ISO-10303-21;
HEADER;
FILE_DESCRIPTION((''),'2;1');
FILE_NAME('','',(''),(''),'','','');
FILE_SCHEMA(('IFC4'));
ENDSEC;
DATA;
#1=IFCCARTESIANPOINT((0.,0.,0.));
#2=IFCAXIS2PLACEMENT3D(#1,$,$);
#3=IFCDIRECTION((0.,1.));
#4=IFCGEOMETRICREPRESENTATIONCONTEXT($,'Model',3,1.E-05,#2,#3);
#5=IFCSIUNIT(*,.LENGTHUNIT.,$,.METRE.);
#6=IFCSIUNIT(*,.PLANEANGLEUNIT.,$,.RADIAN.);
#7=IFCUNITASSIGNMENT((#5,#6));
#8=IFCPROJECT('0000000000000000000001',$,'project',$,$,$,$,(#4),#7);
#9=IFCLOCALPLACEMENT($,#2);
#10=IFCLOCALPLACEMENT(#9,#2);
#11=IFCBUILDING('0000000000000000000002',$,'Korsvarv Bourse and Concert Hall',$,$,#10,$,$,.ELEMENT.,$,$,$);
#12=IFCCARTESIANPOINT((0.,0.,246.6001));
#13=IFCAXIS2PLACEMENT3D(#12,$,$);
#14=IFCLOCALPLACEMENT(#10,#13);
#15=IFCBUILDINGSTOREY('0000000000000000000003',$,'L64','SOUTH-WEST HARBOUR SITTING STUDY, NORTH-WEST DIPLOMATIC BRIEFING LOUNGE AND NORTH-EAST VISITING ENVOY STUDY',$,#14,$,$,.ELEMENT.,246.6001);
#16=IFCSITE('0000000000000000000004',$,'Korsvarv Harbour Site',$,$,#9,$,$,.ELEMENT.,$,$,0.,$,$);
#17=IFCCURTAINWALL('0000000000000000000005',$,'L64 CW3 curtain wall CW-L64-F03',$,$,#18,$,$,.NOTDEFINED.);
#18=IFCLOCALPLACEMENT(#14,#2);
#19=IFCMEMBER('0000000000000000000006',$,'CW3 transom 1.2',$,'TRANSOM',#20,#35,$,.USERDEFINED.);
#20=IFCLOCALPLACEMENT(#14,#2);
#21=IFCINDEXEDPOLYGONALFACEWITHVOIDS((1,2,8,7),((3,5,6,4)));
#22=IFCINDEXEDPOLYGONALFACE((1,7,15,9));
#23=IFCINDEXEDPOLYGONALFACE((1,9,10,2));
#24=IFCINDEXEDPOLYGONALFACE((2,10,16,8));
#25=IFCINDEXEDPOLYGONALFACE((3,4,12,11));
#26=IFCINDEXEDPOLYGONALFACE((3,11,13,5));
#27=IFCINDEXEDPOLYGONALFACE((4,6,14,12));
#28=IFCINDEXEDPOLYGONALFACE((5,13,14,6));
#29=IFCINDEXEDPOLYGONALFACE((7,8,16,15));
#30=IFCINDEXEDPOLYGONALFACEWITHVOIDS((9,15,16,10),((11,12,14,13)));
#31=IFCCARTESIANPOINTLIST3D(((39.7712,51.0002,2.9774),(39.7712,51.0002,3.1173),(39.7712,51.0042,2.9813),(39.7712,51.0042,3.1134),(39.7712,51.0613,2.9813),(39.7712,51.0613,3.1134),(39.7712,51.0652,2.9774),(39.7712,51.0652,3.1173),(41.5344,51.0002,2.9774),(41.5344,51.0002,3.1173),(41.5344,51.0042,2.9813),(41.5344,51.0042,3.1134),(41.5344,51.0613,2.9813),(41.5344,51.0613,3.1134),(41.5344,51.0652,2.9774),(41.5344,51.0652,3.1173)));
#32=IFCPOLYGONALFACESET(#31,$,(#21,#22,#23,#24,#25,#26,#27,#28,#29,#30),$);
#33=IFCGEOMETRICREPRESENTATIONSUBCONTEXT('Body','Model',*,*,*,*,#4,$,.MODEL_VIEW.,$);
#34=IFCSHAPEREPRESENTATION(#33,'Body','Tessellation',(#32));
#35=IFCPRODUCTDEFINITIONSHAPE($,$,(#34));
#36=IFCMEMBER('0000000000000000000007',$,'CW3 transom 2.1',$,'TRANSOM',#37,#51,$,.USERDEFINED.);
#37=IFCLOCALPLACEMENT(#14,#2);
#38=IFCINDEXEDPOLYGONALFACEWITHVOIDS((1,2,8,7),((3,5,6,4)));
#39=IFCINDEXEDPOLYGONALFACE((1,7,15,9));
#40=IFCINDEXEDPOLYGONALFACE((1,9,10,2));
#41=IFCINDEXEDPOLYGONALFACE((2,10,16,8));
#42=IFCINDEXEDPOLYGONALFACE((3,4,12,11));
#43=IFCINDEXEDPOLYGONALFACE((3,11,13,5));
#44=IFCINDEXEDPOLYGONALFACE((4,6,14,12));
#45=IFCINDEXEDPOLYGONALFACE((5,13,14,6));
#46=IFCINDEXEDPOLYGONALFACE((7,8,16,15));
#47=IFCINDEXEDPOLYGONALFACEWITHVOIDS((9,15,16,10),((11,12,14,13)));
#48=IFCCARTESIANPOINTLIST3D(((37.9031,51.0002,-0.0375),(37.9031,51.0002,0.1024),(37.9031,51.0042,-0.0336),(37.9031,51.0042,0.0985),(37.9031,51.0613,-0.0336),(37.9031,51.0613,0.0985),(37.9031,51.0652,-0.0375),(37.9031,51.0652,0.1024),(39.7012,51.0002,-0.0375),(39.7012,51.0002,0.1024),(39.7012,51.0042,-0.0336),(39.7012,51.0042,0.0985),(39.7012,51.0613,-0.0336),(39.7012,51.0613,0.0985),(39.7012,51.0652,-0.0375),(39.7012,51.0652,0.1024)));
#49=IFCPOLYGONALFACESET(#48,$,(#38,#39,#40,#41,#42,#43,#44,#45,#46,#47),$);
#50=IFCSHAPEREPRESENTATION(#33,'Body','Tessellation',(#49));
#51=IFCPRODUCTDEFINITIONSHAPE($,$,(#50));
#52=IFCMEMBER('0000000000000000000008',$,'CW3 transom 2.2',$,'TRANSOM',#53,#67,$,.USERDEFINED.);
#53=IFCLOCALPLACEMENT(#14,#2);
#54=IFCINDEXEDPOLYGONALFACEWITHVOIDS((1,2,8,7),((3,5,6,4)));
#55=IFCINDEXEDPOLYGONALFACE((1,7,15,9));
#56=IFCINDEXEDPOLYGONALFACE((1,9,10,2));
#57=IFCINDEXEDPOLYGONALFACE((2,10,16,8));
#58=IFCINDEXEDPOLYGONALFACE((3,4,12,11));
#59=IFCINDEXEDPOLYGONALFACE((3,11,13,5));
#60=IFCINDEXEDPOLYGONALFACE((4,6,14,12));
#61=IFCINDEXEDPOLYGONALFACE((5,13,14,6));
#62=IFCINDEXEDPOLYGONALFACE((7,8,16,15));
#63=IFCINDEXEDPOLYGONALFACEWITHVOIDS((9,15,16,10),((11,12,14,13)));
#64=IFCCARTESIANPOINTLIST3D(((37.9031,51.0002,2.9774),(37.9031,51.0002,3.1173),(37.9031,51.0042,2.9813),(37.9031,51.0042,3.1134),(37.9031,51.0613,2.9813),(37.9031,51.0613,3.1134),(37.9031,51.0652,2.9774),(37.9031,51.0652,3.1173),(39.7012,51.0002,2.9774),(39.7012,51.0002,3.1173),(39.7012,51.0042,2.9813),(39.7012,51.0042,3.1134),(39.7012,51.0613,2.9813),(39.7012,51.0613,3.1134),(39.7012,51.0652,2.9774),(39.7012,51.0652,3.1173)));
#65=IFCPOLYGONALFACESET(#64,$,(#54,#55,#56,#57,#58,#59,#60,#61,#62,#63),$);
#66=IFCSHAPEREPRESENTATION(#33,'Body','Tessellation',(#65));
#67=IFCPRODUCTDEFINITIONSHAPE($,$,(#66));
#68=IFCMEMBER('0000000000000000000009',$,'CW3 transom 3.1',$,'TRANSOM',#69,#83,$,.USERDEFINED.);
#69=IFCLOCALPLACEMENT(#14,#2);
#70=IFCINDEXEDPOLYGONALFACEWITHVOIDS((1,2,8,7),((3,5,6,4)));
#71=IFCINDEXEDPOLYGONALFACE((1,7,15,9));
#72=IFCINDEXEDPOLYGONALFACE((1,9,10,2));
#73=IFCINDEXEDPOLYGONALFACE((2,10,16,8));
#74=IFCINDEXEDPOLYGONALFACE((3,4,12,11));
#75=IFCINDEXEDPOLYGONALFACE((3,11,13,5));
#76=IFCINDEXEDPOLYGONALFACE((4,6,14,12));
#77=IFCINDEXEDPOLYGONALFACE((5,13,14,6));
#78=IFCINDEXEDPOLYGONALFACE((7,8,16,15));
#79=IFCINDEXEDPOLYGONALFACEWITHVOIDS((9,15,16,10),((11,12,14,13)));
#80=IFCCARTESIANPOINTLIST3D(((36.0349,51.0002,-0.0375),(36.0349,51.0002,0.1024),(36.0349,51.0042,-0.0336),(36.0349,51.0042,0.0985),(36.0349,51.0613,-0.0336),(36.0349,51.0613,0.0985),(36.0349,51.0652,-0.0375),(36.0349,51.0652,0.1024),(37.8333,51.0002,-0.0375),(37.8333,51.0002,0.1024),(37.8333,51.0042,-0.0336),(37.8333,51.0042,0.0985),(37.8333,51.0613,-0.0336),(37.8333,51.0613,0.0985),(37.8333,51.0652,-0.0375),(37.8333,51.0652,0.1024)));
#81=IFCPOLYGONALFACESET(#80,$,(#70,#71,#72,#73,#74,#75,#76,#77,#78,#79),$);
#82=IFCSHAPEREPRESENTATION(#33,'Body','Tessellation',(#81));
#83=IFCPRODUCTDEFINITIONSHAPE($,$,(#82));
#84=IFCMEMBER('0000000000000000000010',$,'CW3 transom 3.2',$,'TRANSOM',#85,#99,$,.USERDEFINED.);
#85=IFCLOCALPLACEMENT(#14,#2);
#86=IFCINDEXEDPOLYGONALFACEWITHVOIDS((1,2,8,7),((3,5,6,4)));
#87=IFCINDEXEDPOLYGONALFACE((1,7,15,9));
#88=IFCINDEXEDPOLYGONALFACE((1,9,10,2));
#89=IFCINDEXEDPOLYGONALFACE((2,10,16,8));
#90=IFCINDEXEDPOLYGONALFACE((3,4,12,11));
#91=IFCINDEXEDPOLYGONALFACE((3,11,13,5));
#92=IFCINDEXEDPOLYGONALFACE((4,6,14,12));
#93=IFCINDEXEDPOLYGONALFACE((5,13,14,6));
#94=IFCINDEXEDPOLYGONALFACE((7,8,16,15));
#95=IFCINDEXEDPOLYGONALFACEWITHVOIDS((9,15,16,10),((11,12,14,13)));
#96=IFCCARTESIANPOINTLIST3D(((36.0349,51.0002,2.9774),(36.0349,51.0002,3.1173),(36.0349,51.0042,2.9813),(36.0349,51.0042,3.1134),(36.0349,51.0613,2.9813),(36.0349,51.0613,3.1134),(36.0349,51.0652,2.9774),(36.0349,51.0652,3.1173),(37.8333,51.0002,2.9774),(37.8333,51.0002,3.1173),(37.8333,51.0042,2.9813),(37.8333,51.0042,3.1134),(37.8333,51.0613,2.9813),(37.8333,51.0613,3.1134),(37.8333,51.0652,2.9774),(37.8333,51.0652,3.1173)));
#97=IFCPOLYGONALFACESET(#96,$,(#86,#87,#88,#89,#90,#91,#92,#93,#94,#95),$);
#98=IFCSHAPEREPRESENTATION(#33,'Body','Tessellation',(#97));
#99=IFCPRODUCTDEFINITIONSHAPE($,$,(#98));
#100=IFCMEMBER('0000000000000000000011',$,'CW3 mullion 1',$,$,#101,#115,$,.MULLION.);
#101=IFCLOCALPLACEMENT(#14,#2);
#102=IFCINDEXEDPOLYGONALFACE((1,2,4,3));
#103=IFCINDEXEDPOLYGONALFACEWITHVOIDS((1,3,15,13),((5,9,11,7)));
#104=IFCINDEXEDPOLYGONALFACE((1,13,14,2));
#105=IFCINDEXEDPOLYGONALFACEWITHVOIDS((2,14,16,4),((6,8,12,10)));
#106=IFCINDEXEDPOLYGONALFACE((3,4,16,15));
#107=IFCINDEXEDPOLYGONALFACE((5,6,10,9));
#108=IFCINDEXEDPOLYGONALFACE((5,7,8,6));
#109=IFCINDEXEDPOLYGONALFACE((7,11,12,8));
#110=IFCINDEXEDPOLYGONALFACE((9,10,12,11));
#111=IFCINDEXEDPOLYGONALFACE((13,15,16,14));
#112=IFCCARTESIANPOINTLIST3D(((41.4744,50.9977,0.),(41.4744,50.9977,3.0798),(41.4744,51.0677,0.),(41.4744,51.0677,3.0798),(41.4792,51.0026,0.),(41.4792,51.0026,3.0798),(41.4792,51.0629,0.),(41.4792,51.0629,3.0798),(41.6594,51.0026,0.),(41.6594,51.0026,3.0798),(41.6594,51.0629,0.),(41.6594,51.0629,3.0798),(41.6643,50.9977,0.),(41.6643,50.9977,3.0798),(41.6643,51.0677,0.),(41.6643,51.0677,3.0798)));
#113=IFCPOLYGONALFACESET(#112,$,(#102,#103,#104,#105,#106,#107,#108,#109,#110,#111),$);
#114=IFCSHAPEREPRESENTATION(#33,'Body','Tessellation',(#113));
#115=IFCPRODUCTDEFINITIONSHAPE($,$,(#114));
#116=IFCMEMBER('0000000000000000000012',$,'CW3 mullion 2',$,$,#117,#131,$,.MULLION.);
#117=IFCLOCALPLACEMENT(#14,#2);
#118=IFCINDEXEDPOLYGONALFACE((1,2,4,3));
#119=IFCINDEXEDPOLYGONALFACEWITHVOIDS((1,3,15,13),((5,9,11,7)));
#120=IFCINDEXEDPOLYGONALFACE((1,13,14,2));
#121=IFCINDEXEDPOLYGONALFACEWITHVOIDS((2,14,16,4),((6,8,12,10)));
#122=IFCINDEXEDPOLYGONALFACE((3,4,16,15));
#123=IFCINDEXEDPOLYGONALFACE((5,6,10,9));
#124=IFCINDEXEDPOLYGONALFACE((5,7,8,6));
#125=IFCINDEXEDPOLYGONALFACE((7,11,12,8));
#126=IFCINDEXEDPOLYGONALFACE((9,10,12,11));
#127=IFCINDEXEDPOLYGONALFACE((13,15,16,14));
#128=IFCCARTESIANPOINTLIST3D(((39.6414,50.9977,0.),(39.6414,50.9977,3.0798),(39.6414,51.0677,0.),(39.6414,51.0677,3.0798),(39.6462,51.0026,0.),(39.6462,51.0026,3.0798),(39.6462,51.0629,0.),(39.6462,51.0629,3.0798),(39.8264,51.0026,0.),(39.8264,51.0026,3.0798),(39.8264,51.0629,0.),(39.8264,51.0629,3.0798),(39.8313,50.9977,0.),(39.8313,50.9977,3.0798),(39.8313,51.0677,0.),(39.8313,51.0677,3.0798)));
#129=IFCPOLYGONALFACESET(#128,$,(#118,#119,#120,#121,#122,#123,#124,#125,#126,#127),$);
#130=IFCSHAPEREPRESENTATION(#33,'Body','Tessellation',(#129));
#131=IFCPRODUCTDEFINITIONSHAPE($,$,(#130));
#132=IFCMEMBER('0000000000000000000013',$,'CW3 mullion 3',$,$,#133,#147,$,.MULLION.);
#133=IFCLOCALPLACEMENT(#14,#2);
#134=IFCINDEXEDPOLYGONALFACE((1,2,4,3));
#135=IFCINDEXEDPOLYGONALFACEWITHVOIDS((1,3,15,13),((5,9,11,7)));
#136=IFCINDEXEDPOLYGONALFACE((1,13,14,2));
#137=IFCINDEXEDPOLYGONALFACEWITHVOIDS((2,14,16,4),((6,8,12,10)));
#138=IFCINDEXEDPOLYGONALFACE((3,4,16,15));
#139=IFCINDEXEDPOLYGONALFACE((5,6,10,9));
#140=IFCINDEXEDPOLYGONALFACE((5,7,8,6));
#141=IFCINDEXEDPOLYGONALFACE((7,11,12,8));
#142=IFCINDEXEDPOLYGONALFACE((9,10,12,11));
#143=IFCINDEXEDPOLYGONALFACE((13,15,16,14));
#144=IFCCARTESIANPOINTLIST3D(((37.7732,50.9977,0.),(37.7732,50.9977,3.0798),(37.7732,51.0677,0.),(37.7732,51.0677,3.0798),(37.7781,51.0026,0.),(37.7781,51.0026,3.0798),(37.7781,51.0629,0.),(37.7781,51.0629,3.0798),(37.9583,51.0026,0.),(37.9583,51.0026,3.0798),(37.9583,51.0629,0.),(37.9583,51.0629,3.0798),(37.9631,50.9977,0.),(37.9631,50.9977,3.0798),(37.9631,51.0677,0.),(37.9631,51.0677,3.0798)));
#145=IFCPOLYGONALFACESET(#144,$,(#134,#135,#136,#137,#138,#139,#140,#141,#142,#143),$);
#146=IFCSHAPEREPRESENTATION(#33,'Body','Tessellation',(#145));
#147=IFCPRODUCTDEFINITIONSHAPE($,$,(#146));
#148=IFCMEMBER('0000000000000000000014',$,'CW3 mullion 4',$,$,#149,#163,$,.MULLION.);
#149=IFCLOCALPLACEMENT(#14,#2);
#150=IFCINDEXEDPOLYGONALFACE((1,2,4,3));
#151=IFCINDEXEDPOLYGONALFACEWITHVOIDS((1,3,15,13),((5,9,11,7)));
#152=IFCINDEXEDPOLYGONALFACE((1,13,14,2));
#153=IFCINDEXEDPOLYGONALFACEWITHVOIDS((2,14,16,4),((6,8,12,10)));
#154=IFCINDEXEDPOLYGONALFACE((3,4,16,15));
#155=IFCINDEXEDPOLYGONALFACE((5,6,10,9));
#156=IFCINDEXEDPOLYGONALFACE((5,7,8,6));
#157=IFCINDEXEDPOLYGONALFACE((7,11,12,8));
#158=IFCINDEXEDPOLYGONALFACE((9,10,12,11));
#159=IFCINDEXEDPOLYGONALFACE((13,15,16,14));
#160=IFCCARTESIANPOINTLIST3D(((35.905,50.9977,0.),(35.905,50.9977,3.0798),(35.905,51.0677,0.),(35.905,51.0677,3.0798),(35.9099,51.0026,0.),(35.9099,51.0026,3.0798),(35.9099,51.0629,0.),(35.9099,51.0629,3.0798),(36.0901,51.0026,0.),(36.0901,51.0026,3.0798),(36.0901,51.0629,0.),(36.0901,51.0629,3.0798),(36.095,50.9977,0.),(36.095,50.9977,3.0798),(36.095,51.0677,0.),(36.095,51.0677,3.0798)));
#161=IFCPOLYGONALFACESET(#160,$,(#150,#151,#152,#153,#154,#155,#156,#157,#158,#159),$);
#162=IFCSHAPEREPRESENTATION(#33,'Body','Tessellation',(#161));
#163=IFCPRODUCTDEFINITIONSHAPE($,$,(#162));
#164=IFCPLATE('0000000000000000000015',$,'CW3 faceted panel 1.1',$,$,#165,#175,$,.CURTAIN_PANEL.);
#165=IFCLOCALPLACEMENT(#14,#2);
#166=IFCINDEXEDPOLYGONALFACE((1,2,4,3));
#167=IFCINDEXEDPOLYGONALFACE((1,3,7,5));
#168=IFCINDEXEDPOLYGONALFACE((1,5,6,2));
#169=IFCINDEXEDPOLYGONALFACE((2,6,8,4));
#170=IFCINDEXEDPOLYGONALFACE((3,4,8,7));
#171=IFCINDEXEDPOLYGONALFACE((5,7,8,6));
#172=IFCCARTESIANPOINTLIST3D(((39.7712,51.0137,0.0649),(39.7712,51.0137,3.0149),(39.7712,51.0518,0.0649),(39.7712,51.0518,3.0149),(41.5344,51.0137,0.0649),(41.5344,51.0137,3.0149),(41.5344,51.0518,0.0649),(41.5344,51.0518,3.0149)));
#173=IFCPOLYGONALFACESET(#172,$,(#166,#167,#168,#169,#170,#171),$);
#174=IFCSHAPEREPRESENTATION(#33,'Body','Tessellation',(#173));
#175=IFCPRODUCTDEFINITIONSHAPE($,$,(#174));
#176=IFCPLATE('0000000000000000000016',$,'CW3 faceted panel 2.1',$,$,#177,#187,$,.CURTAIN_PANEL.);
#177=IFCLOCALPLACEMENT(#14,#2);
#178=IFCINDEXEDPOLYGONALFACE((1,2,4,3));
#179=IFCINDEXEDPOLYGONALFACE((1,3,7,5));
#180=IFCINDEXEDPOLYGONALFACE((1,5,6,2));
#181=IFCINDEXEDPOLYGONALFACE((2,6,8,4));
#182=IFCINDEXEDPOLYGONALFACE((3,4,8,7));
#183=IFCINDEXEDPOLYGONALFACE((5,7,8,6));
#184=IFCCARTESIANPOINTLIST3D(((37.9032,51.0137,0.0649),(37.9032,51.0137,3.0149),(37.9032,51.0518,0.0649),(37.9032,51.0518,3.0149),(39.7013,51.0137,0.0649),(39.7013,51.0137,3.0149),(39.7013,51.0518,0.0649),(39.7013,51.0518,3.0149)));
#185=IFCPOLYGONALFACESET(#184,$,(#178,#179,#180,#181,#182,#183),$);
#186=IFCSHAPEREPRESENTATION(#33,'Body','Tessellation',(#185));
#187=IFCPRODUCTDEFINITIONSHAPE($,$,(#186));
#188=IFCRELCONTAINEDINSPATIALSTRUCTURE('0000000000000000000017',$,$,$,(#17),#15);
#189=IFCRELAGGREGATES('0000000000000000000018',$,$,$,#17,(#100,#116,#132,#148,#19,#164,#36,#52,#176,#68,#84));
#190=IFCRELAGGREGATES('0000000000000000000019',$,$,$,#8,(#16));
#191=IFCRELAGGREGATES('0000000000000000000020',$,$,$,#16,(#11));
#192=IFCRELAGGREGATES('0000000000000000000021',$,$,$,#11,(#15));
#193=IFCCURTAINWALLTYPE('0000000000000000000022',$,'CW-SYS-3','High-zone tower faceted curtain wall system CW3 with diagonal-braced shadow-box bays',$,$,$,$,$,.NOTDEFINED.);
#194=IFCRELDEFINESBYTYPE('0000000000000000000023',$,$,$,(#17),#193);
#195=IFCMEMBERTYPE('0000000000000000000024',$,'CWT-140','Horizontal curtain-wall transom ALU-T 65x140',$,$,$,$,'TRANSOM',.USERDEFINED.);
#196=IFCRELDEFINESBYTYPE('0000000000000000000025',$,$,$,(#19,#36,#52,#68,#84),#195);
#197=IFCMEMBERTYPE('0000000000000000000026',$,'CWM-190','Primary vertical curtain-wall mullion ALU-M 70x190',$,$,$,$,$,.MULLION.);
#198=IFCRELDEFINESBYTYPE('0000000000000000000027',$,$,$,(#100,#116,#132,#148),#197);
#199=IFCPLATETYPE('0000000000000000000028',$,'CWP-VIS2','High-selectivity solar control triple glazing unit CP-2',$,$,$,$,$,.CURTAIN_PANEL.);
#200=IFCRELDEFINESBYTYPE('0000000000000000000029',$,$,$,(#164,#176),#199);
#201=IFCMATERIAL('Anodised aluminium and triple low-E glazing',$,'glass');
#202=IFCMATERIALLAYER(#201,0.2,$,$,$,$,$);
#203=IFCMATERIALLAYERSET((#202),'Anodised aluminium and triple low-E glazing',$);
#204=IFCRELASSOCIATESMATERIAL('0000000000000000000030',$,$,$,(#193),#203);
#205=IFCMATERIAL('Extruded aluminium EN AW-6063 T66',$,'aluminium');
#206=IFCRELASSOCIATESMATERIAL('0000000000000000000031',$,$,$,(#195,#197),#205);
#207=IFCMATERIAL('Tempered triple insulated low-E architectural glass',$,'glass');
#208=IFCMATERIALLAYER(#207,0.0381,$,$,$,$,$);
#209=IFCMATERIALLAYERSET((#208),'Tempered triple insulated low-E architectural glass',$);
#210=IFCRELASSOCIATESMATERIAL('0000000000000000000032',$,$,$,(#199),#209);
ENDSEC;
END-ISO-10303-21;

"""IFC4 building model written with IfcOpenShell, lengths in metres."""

from ifc_helpers import new_model, si_unit, direction, frame, origin, origin_2d, place, context, subcontext, project, spatial, rectangle, hollow_rectangle, extrude, source, transform, mapped, material, layer, layer_set, material_profile, profile_set, type_object, element, aggregate, save


model = new_model("IFC4")

# Units and contexts
model_context = context("Model", 3, precision=1e-05, world=origin(), true_north=direction((0.0, 1.0)))
body_context = subcontext(model_context, "Body", "Model", "MODEL_VIEW")
ifc_project = project(units=[si_unit("LENGTHUNIT", "METRE"), si_unit("PLANEANGLEUNIT", "RADIAN")], contexts=[model_context])

# Site, building, storey
site_placement = place(None, origin())
site = spatial("IfcSite", under=ifc_project, at=site_placement, Name="Korsvarv Harbour Site", CompositionType="ELEMENT", RefElevation=0.0)
building_placement = place(site_placement, origin())
building = spatial("IfcBuilding", under=site, at=building_placement, Name="Korsvarv Bourse and Concert Hall", CompositionType="ELEMENT")
storey_placement = place(building_placement, frame((0.0, 0.0, 246.6001)))
storey = spatial("IfcBuildingStorey", under=building, at=storey_placement, Name="L64", Description="SOUTH-WEST HARBOUR SITTING STUDY, NORTH-WEST DIPLOMATIC BRIEFING LOUNGE AND NORTH-EAST VISITING ENVOY STUDY", CompositionType="ELEMENT", Elevation=246.6001)

# Curtain wall, members, plates
ifc_material_1 = material(Name="Anodised aluminium and triple low-E glazing", Category="glass")
ifc_layer_1 = layer(ifc_material_1, 0.2)
ifc_layer_set_1 = layer_set([ifc_layer_1], Name="Anodised aluminium and triple low-E glazing")
curtain_wall_type = type_object("IfcCurtainWallType", Name="CW-SYS-3", Description="High-zone tower faceted curtain wall system CW3 with diagonal-braced shadow-box bays", PredefinedType="NOTDEFINED", material=ifc_layer_set_1)
curtain_wall_placement = place(storey_placement, origin())
curtain_wall = element("IfcCurtainWall", 1, at=curtain_wall_placement, inside=storey, type_object=curtain_wall_type, Name="L64 CW3 curtain wall CW-L64-F03", PredefinedType="NOTDEFINED")
ifc_material_2 = material(Name="Extruded aluminium EN AW-6063 T66", Category="aluminium")
ifc_material_profile_1 = material_profile(ifc_material_2, hollow_rectangle(XDim=0.0649, YDim=0.1399, WallThickness=0.0039, at=origin_2d()), Name="ALU-T 65x140")
ifc_profile_set_1 = profile_set([ifc_material_profile_1], Name="Extruded aluminium EN AW-6063 T66")
member_type_1 = type_object("IfcMemberType", Name="CWT-140", Description="Horizontal curtain-wall transom ALU-T 65x140", ElementType="TRANSOM", PredefinedType="USERDEFINED", material=ifc_profile_set_1)
shared_shape_1 = source(origin(), body_context, "Body", "SweptSolid", [
    extrude(hollow_rectangle(XDim=0.0649, YDim=0.1399, WallThickness=0.0039, at=origin_2d()), origin(), (0.0, 0.0, 1.0), 1.7632),
])
member_1_placement = place(storey_placement, frame((41.5344, 51.0327, 3.0474), z_axis=(-1.0, 0.0, 0.0), x_axis=(0.0, -1.0, 0.0)))
member_1 = element("IfcMember", 2, at=member_1_placement, type_object=member_type_1, Name="CW3 transom 1.2", ObjectType="TRANSOM", PredefinedType="USERDEFINED", context=body_context, shape_type="MappedRepresentation", body=[
    mapped(shared_shape_1, transform((0.0, 0.0, 0.0), scale=1.0)),
])
shared_shape_2 = source(origin(), body_context, "Body", "SweptSolid", [
    extrude(hollow_rectangle(XDim=0.0649, YDim=0.1399, WallThickness=0.0039, at=origin_2d()), origin(), (0.0, 0.0, 1.0), 1.7981),
])
member_2_placement = place(storey_placement, frame((39.7012, 51.0327, 0.0325), z_axis=(-1.0, 0.0, 0.0), x_axis=(0.0, -1.0, 0.0)))
member_2 = element("IfcMember", 3, at=member_2_placement, type_object=member_type_1, Name="CW3 transom 2.1", ObjectType="TRANSOM", PredefinedType="USERDEFINED", context=body_context, shape_type="MappedRepresentation", body=[
    mapped(shared_shape_2, transform((0.0, 0.0, 0.0), scale=1.0)),
])
member_3_placement = place(storey_placement, frame((39.7012, 51.0327, 3.0474), z_axis=(-1.0, 0.0, 0.0), x_axis=(0.0, -1.0, 0.0)))
member_3 = element("IfcMember", 4, at=member_3_placement, type_object=member_type_1, Name="CW3 transom 2.2", ObjectType="TRANSOM", PredefinedType="USERDEFINED", context=body_context, shape_type="MappedRepresentation", body=[
    mapped(shared_shape_2, transform((0.0, 0.0, 0.0), scale=1.0)),
])
shared_shape_3 = source(origin(), body_context, "Body", "SweptSolid", [
    extrude(hollow_rectangle(XDim=0.0649, YDim=0.1399, WallThickness=0.0039, at=origin_2d()), origin(), (0.0, 0.0, 1.0), 1.7983),
])
member_4_placement = place(storey_placement, frame((37.8333, 51.0327, 0.0325), z_axis=(-1.0, 0.0, 0.0), x_axis=(0.0, -1.0, 0.0)))
member_4 = element("IfcMember", 5, at=member_4_placement, type_object=member_type_1, Name="CW3 transom 3.1", ObjectType="TRANSOM", PredefinedType="USERDEFINED", context=body_context, shape_type="MappedRepresentation", body=[
    mapped(shared_shape_3, transform((0.0, 0.0, 0.0), scale=1.0)),
])
member_5_placement = place(storey_placement, frame((37.8333, 51.0327, 3.0474), z_axis=(-1.0, 0.0, 0.0), x_axis=(0.0, -1.0, 0.0)))
member_5 = element("IfcMember", 6, at=member_5_placement, type_object=member_type_1, Name="CW3 transom 3.2", ObjectType="TRANSOM", PredefinedType="USERDEFINED", context=body_context, shape_type="MappedRepresentation", body=[
    mapped(shared_shape_3, transform((0.0, 0.0, 0.0), scale=1.0)),
])
ifc_material_profile_2 = material_profile(ifc_material_2, hollow_rectangle(XDim=0.0701, YDim=0.1899, WallThickness=0.0049, at=origin_2d()), Name="ALU-M 70x190")
ifc_profile_set_2 = profile_set([ifc_material_profile_2], Name="Extruded aluminium EN AW-6063 T66")
member_type_2 = type_object("IfcMemberType", Name="CWM-190", Description="Primary vertical curtain-wall mullion ALU-M 70x190", PredefinedType="MULLION", material=ifc_profile_set_2)
shared_shape_4 = source(origin(), body_context, "Body", "SweptSolid", [
    extrude(hollow_rectangle(XDim=0.0701, YDim=0.1899, WallThickness=0.0049, at=origin_2d()), origin(), (0.0, 0.0, 1.0), 3.0798),
])
member_6_placement = place(storey_placement, frame((41.5693, 51.0327, 0.0), z_axis=(0.0, 0.0, 1.0), x_axis=(0.0, -1.0, 0.0)))
member_6 = element("IfcMember", 7, at=member_6_placement, type_object=member_type_2, Name="CW3 mullion 1", PredefinedType="MULLION", context=body_context, shape_type="MappedRepresentation", body=[
    mapped(shared_shape_4, transform((0.0, 0.0, 0.0), scale=1.0)),
])
member_7_placement = place(storey_placement, frame((39.7363, 51.0327, 0.0), z_axis=(0.0, 0.0, 1.0), x_axis=(0.0, -1.0, 0.0)))
member_7 = element("IfcMember", 8, at=member_7_placement, type_object=member_type_2, Name="CW3 mullion 2", PredefinedType="MULLION", context=body_context, shape_type="MappedRepresentation", body=[
    mapped(shared_shape_4, transform((0.0, 0.0, 0.0), scale=1.0)),
])
member_8_placement = place(storey_placement, frame((37.8682, 51.0327, 0.0), z_axis=(0.0, 0.0, 1.0), x_axis=(0.0, -1.0, 0.0)))
member_8 = element("IfcMember", 9, at=member_8_placement, type_object=member_type_2, Name="CW3 mullion 3", PredefinedType="MULLION", context=body_context, shape_type="MappedRepresentation", body=[
    mapped(shared_shape_4, transform((0.0, 0.0, 0.0), scale=1.0)),
])
member_9_placement = place(storey_placement, frame((36.0, 51.0327, 0.0), z_axis=(0.0, 0.0, 1.0), x_axis=(0.0, -1.0, 0.0)))
member_9 = element("IfcMember", 10, at=member_9_placement, type_object=member_type_2, Name="CW3 mullion 4", PredefinedType="MULLION", context=body_context, shape_type="MappedRepresentation", body=[
    mapped(shared_shape_4, transform((0.0, 0.0, 0.0), scale=1.0)),
])
ifc_material_3 = material(Name="Tempered triple insulated low-E architectural glass", Category="glass")
ifc_layer_2 = layer(ifc_material_3, 0.0381)
ifc_layer_set_2 = layer_set([ifc_layer_2], Name="Tempered triple insulated low-E architectural glass")
plate_type_1 = type_object("IfcPlateType", Name="CWP-VIS2", Description="High-selectivity solar control triple glazing unit CP-2", PredefinedType="CURTAIN_PANEL", material=ifc_layer_set_2)
shared_shape_5 = source(origin(), body_context, "Body", "SweptSolid", [
    extrude(rectangle(XDim=1.7632, YDim=0.0381, at=origin_2d()), origin(), (0.0, 0.0, 1.0), 2.95),
])
plate_1_placement = place(storey_placement, frame((40.6528, 51.0327, 0.0649), z_axis=(0.0, 0.0, 1.0), x_axis=(-1.0, 0.0, 0.0)))
plate_1 = element("IfcPlate", 11, at=plate_1_placement, type_object=plate_type_1, Name="CW3 faceted panel 1.1", PredefinedType="CURTAIN_PANEL", context=body_context, shape_type="MappedRepresentation", body=[
    mapped(shared_shape_5, transform((0.0, 0.0, 0.0), scale=1.0)),
])
shared_shape_6 = source(origin(), body_context, "Body", "SweptSolid", [
    extrude(rectangle(XDim=1.7981, YDim=0.0381, at=origin_2d()), origin(), (0.0, 0.0, 1.0), 2.95),
])
plate_2_placement = place(storey_placement, frame((38.8022, 51.0327, 0.0649), z_axis=(0.0, 0.0, 1.0), x_axis=(-1.0, 0.0, 0.0)))
plate_2 = element("IfcPlate", 12, at=plate_2_placement, type_object=plate_type_1, Name="CW3 faceted panel 2.1", PredefinedType="CURTAIN_PANEL", context=body_context, shape_type="MappedRepresentation", body=[
    mapped(shared_shape_6, transform((0.0, 0.0, 0.0), scale=1.0)),
])
aggregate(curtain_wall, [member_6, member_7, member_8, member_9, member_1, plate_1, member_2, member_3, plate_2, member_4, member_5])

save(model, "model.ifc")
